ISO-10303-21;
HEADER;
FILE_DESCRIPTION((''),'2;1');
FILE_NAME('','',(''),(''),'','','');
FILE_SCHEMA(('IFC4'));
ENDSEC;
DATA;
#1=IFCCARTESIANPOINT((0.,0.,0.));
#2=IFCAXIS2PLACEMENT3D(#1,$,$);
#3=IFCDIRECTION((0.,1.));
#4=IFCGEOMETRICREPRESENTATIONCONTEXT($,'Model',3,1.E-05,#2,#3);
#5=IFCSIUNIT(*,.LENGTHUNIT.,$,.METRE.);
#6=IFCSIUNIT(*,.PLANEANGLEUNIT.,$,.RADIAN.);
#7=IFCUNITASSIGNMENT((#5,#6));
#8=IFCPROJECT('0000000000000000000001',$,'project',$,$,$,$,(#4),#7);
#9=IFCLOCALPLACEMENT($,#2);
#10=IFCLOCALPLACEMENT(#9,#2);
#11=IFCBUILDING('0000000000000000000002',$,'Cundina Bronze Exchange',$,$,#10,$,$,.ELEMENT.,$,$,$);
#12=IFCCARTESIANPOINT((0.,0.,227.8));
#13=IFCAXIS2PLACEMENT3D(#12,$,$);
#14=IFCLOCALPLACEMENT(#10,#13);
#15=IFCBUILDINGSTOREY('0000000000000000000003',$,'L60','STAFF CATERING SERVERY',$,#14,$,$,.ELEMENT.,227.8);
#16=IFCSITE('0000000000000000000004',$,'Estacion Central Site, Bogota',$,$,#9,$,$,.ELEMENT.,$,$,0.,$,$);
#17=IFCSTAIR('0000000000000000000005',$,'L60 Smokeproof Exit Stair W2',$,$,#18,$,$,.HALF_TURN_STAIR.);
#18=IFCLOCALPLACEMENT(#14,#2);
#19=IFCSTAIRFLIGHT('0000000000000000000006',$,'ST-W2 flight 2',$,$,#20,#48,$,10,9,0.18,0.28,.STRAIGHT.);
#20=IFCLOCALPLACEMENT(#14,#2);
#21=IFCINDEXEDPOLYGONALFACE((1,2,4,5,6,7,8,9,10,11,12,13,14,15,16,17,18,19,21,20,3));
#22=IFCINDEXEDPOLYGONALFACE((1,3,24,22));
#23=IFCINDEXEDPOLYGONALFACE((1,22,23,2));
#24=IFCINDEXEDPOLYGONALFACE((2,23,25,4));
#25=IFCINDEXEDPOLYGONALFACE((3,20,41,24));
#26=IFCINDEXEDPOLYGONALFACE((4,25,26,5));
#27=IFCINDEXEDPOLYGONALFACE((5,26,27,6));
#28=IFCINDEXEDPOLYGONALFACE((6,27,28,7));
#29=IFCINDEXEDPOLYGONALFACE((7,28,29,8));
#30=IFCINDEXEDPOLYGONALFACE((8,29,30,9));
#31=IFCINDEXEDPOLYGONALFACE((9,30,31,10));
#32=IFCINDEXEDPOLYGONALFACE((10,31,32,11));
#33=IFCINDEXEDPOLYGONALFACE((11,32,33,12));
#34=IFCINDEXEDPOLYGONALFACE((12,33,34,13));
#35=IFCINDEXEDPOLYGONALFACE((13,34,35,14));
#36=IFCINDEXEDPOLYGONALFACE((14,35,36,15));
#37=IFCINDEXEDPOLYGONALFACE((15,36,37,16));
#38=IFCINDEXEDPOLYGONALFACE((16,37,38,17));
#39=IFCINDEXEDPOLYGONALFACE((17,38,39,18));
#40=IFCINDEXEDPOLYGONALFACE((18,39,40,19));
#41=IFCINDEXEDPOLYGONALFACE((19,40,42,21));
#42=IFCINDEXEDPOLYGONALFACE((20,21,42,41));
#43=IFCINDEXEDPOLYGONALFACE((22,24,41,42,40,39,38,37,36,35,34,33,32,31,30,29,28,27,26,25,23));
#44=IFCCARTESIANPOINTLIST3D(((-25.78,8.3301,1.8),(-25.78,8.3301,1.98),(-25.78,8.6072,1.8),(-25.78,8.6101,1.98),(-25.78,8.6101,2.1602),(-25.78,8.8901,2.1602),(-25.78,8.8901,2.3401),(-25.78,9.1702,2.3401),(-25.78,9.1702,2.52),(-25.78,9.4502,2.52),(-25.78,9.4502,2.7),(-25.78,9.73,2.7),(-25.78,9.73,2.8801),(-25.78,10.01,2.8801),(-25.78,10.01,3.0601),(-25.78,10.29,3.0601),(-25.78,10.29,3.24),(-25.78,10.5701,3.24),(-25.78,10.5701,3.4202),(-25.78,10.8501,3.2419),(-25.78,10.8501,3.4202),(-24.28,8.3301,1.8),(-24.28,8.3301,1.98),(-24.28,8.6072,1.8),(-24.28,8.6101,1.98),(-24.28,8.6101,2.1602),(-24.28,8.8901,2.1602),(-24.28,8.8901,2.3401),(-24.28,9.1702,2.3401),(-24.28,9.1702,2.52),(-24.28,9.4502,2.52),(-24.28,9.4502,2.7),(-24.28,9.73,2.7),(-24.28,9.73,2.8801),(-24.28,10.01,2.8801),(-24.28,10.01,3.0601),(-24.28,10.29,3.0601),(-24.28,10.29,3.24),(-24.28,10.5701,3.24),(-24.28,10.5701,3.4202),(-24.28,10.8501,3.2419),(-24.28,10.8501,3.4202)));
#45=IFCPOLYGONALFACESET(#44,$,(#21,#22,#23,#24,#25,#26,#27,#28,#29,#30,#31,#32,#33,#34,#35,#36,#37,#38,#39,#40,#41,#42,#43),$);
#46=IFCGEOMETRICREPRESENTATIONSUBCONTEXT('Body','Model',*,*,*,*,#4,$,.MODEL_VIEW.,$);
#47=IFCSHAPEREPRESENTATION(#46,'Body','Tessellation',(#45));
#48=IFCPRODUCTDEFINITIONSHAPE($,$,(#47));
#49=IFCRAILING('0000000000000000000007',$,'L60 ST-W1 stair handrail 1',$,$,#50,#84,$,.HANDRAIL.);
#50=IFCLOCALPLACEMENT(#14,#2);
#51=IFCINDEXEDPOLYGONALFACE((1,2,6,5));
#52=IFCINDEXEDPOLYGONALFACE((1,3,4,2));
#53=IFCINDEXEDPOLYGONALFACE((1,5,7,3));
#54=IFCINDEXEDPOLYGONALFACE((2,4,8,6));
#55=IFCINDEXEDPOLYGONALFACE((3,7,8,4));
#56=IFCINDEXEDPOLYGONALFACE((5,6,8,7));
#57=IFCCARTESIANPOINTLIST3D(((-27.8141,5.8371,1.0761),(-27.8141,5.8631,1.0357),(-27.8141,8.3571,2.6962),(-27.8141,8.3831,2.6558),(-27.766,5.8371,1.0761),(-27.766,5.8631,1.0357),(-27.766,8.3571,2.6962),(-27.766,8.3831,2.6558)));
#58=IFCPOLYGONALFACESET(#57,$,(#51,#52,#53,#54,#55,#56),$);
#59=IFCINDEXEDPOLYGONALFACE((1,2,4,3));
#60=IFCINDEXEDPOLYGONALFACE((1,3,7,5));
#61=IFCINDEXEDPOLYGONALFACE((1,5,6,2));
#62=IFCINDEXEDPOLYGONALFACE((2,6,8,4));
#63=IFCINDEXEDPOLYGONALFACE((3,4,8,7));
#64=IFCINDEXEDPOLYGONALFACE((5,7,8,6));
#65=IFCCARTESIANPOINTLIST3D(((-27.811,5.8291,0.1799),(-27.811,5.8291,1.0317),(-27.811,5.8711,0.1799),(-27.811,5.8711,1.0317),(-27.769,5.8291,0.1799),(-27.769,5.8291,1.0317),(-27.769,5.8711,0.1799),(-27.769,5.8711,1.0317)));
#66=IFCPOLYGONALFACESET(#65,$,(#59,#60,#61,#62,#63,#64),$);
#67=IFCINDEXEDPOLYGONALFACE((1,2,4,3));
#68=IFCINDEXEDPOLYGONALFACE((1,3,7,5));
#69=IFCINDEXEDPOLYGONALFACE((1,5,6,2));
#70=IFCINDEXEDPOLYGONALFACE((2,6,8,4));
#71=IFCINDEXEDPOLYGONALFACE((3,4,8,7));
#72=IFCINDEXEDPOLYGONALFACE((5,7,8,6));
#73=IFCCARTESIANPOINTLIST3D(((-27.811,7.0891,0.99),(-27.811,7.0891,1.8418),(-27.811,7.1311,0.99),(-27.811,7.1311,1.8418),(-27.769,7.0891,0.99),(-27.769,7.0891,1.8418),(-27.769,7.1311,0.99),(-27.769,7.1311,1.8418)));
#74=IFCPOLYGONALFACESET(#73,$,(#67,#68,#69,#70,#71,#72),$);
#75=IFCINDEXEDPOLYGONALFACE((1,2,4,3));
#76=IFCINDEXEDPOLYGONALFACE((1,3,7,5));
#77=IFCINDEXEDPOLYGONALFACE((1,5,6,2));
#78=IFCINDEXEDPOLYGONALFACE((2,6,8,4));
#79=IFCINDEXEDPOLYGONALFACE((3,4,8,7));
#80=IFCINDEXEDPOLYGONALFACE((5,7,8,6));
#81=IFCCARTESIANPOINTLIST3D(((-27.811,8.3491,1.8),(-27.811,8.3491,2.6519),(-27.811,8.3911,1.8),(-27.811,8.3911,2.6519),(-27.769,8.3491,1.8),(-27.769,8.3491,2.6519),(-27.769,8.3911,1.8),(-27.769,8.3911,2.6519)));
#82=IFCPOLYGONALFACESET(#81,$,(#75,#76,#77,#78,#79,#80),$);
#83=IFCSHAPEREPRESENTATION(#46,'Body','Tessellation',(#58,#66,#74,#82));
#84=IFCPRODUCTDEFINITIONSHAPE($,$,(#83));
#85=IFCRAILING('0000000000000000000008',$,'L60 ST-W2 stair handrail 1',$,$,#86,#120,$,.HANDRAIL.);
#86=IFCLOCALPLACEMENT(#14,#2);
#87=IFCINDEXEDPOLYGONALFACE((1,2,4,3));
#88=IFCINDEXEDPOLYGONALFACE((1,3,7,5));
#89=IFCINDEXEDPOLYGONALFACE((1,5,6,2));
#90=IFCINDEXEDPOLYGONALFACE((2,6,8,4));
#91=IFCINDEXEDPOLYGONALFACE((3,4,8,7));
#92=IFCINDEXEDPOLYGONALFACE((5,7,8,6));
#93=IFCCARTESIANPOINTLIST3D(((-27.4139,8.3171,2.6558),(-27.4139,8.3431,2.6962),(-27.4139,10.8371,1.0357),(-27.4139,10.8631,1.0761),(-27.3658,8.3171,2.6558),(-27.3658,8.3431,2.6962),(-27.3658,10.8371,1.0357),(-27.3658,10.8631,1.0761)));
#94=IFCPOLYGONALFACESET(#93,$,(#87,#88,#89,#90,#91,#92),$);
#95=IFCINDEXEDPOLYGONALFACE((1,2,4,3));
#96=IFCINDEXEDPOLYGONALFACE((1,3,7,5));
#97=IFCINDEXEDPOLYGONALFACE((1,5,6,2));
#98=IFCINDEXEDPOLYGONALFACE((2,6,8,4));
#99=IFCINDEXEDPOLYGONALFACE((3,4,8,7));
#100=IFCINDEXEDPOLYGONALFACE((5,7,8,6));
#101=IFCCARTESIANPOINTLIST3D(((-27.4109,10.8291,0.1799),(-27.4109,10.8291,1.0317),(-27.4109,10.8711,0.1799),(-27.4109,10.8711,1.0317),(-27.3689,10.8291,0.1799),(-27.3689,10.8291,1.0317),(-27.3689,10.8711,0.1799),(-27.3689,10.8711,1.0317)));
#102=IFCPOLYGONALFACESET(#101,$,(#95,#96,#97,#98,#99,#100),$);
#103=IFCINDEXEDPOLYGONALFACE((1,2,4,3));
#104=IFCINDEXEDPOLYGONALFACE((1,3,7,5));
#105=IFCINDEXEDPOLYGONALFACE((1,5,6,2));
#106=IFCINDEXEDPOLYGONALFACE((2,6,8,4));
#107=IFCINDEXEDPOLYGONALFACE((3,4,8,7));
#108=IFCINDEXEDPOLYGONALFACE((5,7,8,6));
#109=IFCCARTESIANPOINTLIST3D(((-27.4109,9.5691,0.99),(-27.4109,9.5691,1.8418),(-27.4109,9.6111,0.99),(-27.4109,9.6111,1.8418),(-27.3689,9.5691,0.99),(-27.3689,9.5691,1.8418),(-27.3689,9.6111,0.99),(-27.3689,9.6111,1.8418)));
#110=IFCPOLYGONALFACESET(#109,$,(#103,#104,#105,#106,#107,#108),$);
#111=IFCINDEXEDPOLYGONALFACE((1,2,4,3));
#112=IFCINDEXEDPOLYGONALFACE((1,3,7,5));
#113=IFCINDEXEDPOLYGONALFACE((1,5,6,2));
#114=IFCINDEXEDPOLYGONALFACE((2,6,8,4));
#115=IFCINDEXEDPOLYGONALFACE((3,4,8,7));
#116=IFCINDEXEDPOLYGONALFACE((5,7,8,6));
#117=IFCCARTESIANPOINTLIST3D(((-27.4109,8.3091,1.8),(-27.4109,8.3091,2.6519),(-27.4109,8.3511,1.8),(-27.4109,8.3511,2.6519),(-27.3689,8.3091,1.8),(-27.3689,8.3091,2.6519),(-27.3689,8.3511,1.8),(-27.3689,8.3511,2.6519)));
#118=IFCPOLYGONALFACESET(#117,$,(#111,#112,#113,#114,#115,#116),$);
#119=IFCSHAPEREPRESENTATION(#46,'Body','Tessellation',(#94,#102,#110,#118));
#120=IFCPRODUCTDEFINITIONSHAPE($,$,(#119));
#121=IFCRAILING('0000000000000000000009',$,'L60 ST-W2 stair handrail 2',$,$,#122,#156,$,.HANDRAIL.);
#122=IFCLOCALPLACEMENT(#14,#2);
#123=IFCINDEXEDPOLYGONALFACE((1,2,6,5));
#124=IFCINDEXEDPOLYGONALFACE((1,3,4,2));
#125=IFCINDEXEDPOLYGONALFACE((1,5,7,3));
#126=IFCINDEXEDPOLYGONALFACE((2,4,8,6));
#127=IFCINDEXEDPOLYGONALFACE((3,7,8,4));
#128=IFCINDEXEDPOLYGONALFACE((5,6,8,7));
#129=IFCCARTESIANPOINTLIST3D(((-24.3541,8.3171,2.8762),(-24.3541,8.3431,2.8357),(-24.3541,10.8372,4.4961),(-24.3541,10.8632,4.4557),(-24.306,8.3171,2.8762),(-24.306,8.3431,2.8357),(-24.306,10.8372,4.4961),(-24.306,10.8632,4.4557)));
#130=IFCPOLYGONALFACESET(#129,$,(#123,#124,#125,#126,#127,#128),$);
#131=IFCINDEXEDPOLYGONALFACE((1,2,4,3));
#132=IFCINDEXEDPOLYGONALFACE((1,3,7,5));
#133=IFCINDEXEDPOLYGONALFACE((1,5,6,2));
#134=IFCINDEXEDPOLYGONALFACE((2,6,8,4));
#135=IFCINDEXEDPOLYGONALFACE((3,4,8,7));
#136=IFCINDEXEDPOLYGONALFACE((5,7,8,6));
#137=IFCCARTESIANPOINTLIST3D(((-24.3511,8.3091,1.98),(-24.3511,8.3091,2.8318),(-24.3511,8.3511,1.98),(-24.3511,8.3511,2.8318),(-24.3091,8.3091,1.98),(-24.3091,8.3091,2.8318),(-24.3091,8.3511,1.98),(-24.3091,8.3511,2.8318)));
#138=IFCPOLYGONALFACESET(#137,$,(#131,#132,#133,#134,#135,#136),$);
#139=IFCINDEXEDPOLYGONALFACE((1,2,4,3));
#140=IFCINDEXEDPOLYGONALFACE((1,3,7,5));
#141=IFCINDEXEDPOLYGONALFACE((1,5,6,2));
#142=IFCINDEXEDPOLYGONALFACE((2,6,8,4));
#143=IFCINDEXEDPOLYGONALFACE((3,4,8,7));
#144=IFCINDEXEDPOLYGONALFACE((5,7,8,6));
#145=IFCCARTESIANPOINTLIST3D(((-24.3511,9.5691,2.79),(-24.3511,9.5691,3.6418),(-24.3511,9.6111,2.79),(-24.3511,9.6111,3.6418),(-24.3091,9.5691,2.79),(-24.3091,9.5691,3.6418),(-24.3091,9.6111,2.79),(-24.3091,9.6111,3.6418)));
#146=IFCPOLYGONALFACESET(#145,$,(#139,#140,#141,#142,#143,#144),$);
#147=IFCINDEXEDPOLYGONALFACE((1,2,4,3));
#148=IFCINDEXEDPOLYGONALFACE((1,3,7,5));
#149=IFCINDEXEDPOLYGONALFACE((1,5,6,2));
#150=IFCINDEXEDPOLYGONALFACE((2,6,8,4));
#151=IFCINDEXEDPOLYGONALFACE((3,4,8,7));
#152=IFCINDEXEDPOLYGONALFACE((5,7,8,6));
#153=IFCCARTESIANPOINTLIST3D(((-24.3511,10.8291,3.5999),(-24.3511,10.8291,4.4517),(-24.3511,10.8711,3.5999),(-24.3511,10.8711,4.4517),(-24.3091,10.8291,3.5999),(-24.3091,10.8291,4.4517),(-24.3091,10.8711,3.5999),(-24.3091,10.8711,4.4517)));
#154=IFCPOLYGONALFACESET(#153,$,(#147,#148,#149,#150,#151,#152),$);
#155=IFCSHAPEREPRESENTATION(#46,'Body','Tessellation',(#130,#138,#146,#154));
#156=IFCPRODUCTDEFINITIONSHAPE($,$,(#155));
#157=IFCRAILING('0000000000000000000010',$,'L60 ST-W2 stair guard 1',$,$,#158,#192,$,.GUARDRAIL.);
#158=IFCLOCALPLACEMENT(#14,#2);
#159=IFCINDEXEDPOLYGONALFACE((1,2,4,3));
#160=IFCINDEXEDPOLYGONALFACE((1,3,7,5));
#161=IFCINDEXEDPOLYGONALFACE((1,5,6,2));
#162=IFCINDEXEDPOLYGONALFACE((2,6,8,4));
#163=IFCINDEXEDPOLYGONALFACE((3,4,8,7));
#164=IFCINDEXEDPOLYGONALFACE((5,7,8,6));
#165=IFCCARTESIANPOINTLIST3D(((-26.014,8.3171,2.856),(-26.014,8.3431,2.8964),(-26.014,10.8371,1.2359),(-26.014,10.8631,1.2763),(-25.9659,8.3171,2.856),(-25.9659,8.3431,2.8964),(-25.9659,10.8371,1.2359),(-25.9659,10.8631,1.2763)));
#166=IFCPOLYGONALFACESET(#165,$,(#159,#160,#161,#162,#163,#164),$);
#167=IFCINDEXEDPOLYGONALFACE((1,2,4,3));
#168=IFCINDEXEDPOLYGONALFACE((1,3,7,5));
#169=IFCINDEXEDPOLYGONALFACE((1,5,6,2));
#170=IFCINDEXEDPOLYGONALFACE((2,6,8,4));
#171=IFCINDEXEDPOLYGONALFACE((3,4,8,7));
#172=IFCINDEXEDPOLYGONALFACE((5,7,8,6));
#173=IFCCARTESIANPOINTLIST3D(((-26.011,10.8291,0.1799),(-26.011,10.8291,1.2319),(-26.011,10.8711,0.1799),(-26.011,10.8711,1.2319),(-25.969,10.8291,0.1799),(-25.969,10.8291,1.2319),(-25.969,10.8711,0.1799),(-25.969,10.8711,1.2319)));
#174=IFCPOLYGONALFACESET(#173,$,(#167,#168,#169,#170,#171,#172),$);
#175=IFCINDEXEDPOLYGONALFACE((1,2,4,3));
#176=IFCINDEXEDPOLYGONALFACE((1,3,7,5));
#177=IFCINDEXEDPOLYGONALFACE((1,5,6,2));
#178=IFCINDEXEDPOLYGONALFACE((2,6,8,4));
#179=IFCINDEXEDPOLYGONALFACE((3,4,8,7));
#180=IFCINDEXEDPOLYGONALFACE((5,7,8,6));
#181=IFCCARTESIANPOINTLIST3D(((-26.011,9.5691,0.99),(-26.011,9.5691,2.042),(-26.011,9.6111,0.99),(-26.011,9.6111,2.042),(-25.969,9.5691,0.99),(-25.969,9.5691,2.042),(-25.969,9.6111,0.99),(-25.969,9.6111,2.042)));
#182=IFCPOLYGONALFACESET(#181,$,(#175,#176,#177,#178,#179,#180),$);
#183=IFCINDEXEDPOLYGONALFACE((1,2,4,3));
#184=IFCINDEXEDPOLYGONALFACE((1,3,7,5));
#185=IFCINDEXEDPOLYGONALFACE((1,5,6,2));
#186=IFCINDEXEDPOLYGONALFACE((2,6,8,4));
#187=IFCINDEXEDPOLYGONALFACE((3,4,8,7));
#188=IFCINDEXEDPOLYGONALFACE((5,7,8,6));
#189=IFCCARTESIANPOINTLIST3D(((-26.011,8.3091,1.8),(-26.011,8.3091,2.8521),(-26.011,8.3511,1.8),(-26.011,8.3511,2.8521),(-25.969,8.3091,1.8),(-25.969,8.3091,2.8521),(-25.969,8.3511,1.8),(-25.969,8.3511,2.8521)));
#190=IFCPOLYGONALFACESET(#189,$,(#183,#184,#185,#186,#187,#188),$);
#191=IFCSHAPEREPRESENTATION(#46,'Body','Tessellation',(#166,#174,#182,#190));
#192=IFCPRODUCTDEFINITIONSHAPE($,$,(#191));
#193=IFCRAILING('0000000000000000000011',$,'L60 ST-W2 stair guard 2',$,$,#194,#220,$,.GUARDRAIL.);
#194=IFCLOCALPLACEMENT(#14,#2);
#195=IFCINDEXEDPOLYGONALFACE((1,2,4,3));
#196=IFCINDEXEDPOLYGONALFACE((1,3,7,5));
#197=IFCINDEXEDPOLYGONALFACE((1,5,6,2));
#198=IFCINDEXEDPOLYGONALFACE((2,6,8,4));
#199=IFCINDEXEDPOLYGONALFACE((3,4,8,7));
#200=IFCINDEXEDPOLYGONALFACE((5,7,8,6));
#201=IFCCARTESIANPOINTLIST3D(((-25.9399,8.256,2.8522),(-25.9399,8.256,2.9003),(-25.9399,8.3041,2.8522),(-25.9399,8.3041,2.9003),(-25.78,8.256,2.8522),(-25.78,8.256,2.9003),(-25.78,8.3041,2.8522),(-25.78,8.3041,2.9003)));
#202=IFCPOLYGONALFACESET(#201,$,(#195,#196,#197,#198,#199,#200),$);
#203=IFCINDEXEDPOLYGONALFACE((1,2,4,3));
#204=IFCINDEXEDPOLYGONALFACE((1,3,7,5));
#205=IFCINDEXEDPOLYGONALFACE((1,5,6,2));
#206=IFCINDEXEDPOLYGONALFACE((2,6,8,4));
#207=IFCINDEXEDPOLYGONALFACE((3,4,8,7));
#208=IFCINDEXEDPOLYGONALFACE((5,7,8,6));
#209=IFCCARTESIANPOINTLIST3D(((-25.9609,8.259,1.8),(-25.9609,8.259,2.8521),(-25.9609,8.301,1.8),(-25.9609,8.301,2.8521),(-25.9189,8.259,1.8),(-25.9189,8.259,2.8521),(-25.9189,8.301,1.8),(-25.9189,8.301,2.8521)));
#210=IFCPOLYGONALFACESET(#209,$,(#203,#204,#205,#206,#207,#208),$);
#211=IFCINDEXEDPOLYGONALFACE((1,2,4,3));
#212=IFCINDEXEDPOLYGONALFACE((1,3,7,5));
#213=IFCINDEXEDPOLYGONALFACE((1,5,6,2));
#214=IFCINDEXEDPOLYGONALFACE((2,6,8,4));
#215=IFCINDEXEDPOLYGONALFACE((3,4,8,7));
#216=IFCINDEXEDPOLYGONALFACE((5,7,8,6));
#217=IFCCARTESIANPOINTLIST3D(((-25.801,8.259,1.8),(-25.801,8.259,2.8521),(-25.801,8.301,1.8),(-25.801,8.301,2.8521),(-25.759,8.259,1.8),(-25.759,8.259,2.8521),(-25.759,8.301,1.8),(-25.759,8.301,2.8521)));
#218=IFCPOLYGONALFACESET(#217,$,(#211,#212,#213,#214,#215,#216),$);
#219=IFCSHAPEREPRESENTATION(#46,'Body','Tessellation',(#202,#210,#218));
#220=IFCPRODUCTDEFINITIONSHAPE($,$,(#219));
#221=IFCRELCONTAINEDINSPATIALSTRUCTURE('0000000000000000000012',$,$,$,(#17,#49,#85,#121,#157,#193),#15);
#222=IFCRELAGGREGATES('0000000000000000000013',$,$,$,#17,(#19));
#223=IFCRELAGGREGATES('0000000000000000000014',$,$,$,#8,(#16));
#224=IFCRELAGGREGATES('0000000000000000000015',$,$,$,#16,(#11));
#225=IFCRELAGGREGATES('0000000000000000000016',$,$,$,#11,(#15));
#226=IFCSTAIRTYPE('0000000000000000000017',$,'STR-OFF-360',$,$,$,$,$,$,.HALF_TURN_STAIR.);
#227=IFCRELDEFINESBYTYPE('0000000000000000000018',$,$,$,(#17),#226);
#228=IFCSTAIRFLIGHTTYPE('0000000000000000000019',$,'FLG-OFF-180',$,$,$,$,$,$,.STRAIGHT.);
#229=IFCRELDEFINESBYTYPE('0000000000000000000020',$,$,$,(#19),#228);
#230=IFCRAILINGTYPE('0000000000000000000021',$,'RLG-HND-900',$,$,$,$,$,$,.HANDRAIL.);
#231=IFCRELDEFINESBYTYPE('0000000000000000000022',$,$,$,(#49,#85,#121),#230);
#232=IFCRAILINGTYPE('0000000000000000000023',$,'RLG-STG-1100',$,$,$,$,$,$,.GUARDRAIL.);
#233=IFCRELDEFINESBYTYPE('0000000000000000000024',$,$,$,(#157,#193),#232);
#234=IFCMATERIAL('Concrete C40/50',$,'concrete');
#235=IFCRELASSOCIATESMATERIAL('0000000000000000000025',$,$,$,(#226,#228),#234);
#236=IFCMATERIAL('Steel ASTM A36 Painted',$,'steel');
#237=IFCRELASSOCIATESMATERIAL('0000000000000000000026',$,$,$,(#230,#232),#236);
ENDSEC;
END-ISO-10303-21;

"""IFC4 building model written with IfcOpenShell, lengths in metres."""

from ifc_helpers import new_model, si_unit, direction, frame, origin, origin_2d, place, context, subcontext, project, spatial, polyline, rectangle, outline, extrude, material, type_object, element, aggregate, save


model = new_model("IFC4")

# Units and contexts
model_context = context("Model", 3, precision=1e-05, world=origin(), true_north=direction((0.0, 1.0)))
body_context = subcontext(model_context, "Body", "Model", "MODEL_VIEW")
ifc_project = project(units=[si_unit("LENGTHUNIT", "METRE"), si_unit("PLANEANGLEUNIT", "RADIAN")], contexts=[model_context])

# Site, building, storey
site_placement = place(None, origin())
site = spatial("IfcSite", under=ifc_project, at=site_placement, Name="Estacion Central Site, Bogota", CompositionType="ELEMENT", RefElevation=0.0)
building_placement = place(site_placement, origin())
building = spatial("IfcBuilding", under=site, at=building_placement, Name="Cundina Bronze Exchange", CompositionType="ELEMENT")
storey_placement = place(building_placement, frame((0.0, 0.0, 227.8)))
storey = spatial("IfcBuildingStorey", under=building, at=storey_placement, Name="L60", Description="STAFF CATERING SERVERY", CompositionType="ELEMENT", Elevation=227.8)

# Shared definitions
ifc_material_1 = material(Name="Steel ASTM A36 Painted", Category="steel")

# Stair, stair flight
ifc_material_2 = material(Name="Concrete C40/50", Category="concrete")
stair_type = type_object("IfcStairType", Name="STR-OFF-360", PredefinedType="HALF_TURN_STAIR", material=ifc_material_2)
stair_placement = place(storey_placement, origin())
stair = element("IfcStair", 1, at=stair_placement, inside=storey, type_object=stair_type, Name="L60 Smokeproof Exit Stair W2", PredefinedType="HALF_TURN_STAIR")
stair_flight_type = type_object("IfcStairFlightType", Name="FLG-OFF-180", PredefinedType="STRAIGHT", material=ifc_material_2)
stair_flight_1_placement = place(storey_placement, frame((-25.03, 8.3301, 1.8), z_axis=(0.0, 0.0, 1.0), x_axis=(0.0, 1.0, 0.0)))
stair_flight_1 = element("IfcStairFlight", 2, at=stair_flight_1_placement, type_object=stair_flight_type, Name="ST-W2 flight 2", NumberOfRisers=10, NumberOfTreads=9, PredefinedType="STRAIGHT", RiserHeight=0.18, TreadLength=0.28, context=body_context, shape_type="SweptSolid", body=[
    extrude(outline(polyline([(0.0, 0.0), (0.0, 0.1799), (0.28, 0.1799), (0.28, 0.3601), (0.5601, 0.3601), (0.5601, 0.54), (0.8401, 0.54), (0.8401, 0.72), (1.1201, 0.72), (1.1201, 0.8999), (1.3999, 0.8999), (1.3999, 1.0801), (1.6799, 1.0801), (1.6799, 1.26), (1.96, 1.26), (1.96, 1.4399), (2.24, 1.4399), (2.24, 1.6201), (2.52, 1.6201), (2.52, 1.8), (2.52, 1.4419), (0.2771, 0.0), (0.0, 0.0)])), frame((0.0, 0.75, 0.0), z_axis=(0.0, -1.0, 0.0), x_axis=(1.0, 0.0, 0.0)), (0.0, 0.0, 1.0), 1.5),
])
aggregate(stair, [stair_flight_1])

# Railings
railing_type_1 = type_object("IfcRailingType", Name="RLG-HND-900", PredefinedType="HANDRAIL", material=ifc_material_1)
railing_1_placement = place(storey_placement, frame((-27.79, 5.8501, 0.1799)))
element("IfcRailing", 3, at=railing_1_placement, inside=storey, type_object=railing_type_1, Name="L60 ST-W1 stair handrail 1", PredefinedType="HANDRAIL", context=body_context, shape_type="SweptSolid", body=[
    extrude(rectangle(XDim=0.0481, YDim=0.0481, at=origin_2d()), frame((0.0, 0.0, 0.876), z_axis=(0.0, 0.841163, 0.540782), x_axis=(-1.0, 0.0, 0.0)), (0.0, 0.0, 1.0), 2.9958),
    extrude(rectangle(XDim=0.042, YDim=0.042, at=origin_2d()), origin(), (0.0, 0.0, 1.0), 0.8518),
    extrude(rectangle(XDim=0.042, YDim=0.042, at=origin_2d()), frame((0.0, 1.26, 0.8101)), (0.0, 0.0, 1.0), 0.8518),
    extrude(rectangle(XDim=0.042, YDim=0.042, at=origin_2d()), frame((0.0, 2.52, 1.6201)), (0.0, 0.0, 1.0), 0.8518),
])
railing_2_placement = place(storey_placement, frame((-27.3899, 10.8501, 0.1799)))
element("IfcRailing", 4, at=railing_2_placement, inside=storey, type_object=railing_type_1, Name="L60 ST-W2 stair handrail 1", PredefinedType="HANDRAIL", context=body_context, shape_type="SweptSolid", body=[
    extrude(rectangle(XDim=0.0481, YDim=0.0481, at=origin_2d()), frame((0.0, 0.0, 0.876), z_axis=(0.0, -0.841163, 0.540782), x_axis=(1.0, 0.0, 0.0)), (0.0, 0.0, 1.0), 2.9958),
    extrude(rectangle(XDim=0.042, YDim=0.042, at=origin_2d()), origin(), (0.0, 0.0, 1.0), 0.8518),
    extrude(rectangle(XDim=0.042, YDim=0.042, at=origin_2d()), frame((0.0, -1.26, 0.8101)), (0.0, 0.0, 1.0), 0.8518),
    extrude(rectangle(XDim=0.042, YDim=0.042, at=origin_2d()), frame((0.0, -2.52, 1.6201)), (0.0, 0.0, 1.0), 0.8518),
])
railing_3_placement = place(storey_placement, frame((-24.3301, 8.3301, 1.98)))
element("IfcRailing", 5, at=railing_3_placement, inside=storey, type_object=railing_type_1, Name="L60 ST-W2 stair handrail 2", PredefinedType="HANDRAIL", context=body_context, shape_type="SweptSolid", body=[
    extrude(rectangle(XDim=0.0481, YDim=0.0481, at=origin_2d()), frame((0.0, 0.0, 0.876), z_axis=(0.0, 0.8412, 0.540725), x_axis=(-1.0, 0.0, 0.0)), (0.0, 0.0, 1.0), 2.9958),
    extrude(rectangle(XDim=0.042, YDim=0.042, at=origin_2d()), origin(), (0.0, 0.0, 1.0), 0.8518),
    extrude(rectangle(XDim=0.042, YDim=0.042, at=origin_2d()), frame((0.0, 1.26, 0.8101)), (0.0, 0.0, 1.0), 0.8518),
    extrude(rectangle(XDim=0.042, YDim=0.042, at=origin_2d()), frame((0.0, 2.52, 1.6199)), (0.0, 0.0, 1.0), 0.8518),
])
railing_type_2 = type_object("IfcRailingType", Name="RLG-STG-1100", PredefinedType="GUARDRAIL", material=ifc_material_1)
railing_4_placement = place(storey_placement, frame((-25.99, 10.8501, 0.1799)))
element("IfcRailing", 6, at=railing_4_placement, inside=storey, type_object=railing_type_2, Name="L60 ST-W2 stair guard 1", PredefinedType="GUARDRAIL", context=body_context, shape_type="SweptSolid", body=[
    extrude(rectangle(XDim=0.0481, YDim=0.0481, at=origin_2d()), frame((0.0, 0.0, 1.0762), z_axis=(0.0, -0.841163, 0.540782), x_axis=(1.0, 0.0, 0.0)), (0.0, 0.0, 1.0), 2.9958),
    extrude(rectangle(XDim=0.042, YDim=0.042, at=origin_2d()), origin(), (0.0, 0.0, 1.0), 1.052),
    extrude(rectangle(XDim=0.042, YDim=0.042, at=origin_2d()), frame((0.0, -1.26, 0.8101)), (0.0, 0.0, 1.0), 1.052),
    extrude(rectangle(XDim=0.042, YDim=0.042, at=origin_2d()), frame((0.0, -2.52, 1.6201)), (0.0, 0.0, 1.0), 1.052),
])
railing_5_placement = place(storey_placement, frame((-25.9399, 8.28, 1.8)))
element("IfcRailing", 7, at=railing_5_placement, inside=storey, type_object=railing_type_2, Name="L60 ST-W2 stair guard 2", PredefinedType="GUARDRAIL", context=body_context, shape_type="SweptSolid", body=[
    extrude(rectangle(XDim=0.0481, YDim=0.0481, at=origin_2d()), frame((0.0, 0.0, 1.0762), z_axis=(1.0, 0.0, 0.0), x_axis=(0.0, 1.0, 0.0)), (0.0, 0.0, 1.0), 0.1599),
    extrude(rectangle(XDim=0.042, YDim=0.042, at=origin_2d()), origin(), (0.0, 0.0, 1.0), 1.052),
    extrude(rectangle(XDim=0.042, YDim=0.042, at=origin_2d()), frame((0.1599, 0.0, 0.0)), (0.0, 0.0, 1.0), 1.052),
])

save(model, "model.ifc")
